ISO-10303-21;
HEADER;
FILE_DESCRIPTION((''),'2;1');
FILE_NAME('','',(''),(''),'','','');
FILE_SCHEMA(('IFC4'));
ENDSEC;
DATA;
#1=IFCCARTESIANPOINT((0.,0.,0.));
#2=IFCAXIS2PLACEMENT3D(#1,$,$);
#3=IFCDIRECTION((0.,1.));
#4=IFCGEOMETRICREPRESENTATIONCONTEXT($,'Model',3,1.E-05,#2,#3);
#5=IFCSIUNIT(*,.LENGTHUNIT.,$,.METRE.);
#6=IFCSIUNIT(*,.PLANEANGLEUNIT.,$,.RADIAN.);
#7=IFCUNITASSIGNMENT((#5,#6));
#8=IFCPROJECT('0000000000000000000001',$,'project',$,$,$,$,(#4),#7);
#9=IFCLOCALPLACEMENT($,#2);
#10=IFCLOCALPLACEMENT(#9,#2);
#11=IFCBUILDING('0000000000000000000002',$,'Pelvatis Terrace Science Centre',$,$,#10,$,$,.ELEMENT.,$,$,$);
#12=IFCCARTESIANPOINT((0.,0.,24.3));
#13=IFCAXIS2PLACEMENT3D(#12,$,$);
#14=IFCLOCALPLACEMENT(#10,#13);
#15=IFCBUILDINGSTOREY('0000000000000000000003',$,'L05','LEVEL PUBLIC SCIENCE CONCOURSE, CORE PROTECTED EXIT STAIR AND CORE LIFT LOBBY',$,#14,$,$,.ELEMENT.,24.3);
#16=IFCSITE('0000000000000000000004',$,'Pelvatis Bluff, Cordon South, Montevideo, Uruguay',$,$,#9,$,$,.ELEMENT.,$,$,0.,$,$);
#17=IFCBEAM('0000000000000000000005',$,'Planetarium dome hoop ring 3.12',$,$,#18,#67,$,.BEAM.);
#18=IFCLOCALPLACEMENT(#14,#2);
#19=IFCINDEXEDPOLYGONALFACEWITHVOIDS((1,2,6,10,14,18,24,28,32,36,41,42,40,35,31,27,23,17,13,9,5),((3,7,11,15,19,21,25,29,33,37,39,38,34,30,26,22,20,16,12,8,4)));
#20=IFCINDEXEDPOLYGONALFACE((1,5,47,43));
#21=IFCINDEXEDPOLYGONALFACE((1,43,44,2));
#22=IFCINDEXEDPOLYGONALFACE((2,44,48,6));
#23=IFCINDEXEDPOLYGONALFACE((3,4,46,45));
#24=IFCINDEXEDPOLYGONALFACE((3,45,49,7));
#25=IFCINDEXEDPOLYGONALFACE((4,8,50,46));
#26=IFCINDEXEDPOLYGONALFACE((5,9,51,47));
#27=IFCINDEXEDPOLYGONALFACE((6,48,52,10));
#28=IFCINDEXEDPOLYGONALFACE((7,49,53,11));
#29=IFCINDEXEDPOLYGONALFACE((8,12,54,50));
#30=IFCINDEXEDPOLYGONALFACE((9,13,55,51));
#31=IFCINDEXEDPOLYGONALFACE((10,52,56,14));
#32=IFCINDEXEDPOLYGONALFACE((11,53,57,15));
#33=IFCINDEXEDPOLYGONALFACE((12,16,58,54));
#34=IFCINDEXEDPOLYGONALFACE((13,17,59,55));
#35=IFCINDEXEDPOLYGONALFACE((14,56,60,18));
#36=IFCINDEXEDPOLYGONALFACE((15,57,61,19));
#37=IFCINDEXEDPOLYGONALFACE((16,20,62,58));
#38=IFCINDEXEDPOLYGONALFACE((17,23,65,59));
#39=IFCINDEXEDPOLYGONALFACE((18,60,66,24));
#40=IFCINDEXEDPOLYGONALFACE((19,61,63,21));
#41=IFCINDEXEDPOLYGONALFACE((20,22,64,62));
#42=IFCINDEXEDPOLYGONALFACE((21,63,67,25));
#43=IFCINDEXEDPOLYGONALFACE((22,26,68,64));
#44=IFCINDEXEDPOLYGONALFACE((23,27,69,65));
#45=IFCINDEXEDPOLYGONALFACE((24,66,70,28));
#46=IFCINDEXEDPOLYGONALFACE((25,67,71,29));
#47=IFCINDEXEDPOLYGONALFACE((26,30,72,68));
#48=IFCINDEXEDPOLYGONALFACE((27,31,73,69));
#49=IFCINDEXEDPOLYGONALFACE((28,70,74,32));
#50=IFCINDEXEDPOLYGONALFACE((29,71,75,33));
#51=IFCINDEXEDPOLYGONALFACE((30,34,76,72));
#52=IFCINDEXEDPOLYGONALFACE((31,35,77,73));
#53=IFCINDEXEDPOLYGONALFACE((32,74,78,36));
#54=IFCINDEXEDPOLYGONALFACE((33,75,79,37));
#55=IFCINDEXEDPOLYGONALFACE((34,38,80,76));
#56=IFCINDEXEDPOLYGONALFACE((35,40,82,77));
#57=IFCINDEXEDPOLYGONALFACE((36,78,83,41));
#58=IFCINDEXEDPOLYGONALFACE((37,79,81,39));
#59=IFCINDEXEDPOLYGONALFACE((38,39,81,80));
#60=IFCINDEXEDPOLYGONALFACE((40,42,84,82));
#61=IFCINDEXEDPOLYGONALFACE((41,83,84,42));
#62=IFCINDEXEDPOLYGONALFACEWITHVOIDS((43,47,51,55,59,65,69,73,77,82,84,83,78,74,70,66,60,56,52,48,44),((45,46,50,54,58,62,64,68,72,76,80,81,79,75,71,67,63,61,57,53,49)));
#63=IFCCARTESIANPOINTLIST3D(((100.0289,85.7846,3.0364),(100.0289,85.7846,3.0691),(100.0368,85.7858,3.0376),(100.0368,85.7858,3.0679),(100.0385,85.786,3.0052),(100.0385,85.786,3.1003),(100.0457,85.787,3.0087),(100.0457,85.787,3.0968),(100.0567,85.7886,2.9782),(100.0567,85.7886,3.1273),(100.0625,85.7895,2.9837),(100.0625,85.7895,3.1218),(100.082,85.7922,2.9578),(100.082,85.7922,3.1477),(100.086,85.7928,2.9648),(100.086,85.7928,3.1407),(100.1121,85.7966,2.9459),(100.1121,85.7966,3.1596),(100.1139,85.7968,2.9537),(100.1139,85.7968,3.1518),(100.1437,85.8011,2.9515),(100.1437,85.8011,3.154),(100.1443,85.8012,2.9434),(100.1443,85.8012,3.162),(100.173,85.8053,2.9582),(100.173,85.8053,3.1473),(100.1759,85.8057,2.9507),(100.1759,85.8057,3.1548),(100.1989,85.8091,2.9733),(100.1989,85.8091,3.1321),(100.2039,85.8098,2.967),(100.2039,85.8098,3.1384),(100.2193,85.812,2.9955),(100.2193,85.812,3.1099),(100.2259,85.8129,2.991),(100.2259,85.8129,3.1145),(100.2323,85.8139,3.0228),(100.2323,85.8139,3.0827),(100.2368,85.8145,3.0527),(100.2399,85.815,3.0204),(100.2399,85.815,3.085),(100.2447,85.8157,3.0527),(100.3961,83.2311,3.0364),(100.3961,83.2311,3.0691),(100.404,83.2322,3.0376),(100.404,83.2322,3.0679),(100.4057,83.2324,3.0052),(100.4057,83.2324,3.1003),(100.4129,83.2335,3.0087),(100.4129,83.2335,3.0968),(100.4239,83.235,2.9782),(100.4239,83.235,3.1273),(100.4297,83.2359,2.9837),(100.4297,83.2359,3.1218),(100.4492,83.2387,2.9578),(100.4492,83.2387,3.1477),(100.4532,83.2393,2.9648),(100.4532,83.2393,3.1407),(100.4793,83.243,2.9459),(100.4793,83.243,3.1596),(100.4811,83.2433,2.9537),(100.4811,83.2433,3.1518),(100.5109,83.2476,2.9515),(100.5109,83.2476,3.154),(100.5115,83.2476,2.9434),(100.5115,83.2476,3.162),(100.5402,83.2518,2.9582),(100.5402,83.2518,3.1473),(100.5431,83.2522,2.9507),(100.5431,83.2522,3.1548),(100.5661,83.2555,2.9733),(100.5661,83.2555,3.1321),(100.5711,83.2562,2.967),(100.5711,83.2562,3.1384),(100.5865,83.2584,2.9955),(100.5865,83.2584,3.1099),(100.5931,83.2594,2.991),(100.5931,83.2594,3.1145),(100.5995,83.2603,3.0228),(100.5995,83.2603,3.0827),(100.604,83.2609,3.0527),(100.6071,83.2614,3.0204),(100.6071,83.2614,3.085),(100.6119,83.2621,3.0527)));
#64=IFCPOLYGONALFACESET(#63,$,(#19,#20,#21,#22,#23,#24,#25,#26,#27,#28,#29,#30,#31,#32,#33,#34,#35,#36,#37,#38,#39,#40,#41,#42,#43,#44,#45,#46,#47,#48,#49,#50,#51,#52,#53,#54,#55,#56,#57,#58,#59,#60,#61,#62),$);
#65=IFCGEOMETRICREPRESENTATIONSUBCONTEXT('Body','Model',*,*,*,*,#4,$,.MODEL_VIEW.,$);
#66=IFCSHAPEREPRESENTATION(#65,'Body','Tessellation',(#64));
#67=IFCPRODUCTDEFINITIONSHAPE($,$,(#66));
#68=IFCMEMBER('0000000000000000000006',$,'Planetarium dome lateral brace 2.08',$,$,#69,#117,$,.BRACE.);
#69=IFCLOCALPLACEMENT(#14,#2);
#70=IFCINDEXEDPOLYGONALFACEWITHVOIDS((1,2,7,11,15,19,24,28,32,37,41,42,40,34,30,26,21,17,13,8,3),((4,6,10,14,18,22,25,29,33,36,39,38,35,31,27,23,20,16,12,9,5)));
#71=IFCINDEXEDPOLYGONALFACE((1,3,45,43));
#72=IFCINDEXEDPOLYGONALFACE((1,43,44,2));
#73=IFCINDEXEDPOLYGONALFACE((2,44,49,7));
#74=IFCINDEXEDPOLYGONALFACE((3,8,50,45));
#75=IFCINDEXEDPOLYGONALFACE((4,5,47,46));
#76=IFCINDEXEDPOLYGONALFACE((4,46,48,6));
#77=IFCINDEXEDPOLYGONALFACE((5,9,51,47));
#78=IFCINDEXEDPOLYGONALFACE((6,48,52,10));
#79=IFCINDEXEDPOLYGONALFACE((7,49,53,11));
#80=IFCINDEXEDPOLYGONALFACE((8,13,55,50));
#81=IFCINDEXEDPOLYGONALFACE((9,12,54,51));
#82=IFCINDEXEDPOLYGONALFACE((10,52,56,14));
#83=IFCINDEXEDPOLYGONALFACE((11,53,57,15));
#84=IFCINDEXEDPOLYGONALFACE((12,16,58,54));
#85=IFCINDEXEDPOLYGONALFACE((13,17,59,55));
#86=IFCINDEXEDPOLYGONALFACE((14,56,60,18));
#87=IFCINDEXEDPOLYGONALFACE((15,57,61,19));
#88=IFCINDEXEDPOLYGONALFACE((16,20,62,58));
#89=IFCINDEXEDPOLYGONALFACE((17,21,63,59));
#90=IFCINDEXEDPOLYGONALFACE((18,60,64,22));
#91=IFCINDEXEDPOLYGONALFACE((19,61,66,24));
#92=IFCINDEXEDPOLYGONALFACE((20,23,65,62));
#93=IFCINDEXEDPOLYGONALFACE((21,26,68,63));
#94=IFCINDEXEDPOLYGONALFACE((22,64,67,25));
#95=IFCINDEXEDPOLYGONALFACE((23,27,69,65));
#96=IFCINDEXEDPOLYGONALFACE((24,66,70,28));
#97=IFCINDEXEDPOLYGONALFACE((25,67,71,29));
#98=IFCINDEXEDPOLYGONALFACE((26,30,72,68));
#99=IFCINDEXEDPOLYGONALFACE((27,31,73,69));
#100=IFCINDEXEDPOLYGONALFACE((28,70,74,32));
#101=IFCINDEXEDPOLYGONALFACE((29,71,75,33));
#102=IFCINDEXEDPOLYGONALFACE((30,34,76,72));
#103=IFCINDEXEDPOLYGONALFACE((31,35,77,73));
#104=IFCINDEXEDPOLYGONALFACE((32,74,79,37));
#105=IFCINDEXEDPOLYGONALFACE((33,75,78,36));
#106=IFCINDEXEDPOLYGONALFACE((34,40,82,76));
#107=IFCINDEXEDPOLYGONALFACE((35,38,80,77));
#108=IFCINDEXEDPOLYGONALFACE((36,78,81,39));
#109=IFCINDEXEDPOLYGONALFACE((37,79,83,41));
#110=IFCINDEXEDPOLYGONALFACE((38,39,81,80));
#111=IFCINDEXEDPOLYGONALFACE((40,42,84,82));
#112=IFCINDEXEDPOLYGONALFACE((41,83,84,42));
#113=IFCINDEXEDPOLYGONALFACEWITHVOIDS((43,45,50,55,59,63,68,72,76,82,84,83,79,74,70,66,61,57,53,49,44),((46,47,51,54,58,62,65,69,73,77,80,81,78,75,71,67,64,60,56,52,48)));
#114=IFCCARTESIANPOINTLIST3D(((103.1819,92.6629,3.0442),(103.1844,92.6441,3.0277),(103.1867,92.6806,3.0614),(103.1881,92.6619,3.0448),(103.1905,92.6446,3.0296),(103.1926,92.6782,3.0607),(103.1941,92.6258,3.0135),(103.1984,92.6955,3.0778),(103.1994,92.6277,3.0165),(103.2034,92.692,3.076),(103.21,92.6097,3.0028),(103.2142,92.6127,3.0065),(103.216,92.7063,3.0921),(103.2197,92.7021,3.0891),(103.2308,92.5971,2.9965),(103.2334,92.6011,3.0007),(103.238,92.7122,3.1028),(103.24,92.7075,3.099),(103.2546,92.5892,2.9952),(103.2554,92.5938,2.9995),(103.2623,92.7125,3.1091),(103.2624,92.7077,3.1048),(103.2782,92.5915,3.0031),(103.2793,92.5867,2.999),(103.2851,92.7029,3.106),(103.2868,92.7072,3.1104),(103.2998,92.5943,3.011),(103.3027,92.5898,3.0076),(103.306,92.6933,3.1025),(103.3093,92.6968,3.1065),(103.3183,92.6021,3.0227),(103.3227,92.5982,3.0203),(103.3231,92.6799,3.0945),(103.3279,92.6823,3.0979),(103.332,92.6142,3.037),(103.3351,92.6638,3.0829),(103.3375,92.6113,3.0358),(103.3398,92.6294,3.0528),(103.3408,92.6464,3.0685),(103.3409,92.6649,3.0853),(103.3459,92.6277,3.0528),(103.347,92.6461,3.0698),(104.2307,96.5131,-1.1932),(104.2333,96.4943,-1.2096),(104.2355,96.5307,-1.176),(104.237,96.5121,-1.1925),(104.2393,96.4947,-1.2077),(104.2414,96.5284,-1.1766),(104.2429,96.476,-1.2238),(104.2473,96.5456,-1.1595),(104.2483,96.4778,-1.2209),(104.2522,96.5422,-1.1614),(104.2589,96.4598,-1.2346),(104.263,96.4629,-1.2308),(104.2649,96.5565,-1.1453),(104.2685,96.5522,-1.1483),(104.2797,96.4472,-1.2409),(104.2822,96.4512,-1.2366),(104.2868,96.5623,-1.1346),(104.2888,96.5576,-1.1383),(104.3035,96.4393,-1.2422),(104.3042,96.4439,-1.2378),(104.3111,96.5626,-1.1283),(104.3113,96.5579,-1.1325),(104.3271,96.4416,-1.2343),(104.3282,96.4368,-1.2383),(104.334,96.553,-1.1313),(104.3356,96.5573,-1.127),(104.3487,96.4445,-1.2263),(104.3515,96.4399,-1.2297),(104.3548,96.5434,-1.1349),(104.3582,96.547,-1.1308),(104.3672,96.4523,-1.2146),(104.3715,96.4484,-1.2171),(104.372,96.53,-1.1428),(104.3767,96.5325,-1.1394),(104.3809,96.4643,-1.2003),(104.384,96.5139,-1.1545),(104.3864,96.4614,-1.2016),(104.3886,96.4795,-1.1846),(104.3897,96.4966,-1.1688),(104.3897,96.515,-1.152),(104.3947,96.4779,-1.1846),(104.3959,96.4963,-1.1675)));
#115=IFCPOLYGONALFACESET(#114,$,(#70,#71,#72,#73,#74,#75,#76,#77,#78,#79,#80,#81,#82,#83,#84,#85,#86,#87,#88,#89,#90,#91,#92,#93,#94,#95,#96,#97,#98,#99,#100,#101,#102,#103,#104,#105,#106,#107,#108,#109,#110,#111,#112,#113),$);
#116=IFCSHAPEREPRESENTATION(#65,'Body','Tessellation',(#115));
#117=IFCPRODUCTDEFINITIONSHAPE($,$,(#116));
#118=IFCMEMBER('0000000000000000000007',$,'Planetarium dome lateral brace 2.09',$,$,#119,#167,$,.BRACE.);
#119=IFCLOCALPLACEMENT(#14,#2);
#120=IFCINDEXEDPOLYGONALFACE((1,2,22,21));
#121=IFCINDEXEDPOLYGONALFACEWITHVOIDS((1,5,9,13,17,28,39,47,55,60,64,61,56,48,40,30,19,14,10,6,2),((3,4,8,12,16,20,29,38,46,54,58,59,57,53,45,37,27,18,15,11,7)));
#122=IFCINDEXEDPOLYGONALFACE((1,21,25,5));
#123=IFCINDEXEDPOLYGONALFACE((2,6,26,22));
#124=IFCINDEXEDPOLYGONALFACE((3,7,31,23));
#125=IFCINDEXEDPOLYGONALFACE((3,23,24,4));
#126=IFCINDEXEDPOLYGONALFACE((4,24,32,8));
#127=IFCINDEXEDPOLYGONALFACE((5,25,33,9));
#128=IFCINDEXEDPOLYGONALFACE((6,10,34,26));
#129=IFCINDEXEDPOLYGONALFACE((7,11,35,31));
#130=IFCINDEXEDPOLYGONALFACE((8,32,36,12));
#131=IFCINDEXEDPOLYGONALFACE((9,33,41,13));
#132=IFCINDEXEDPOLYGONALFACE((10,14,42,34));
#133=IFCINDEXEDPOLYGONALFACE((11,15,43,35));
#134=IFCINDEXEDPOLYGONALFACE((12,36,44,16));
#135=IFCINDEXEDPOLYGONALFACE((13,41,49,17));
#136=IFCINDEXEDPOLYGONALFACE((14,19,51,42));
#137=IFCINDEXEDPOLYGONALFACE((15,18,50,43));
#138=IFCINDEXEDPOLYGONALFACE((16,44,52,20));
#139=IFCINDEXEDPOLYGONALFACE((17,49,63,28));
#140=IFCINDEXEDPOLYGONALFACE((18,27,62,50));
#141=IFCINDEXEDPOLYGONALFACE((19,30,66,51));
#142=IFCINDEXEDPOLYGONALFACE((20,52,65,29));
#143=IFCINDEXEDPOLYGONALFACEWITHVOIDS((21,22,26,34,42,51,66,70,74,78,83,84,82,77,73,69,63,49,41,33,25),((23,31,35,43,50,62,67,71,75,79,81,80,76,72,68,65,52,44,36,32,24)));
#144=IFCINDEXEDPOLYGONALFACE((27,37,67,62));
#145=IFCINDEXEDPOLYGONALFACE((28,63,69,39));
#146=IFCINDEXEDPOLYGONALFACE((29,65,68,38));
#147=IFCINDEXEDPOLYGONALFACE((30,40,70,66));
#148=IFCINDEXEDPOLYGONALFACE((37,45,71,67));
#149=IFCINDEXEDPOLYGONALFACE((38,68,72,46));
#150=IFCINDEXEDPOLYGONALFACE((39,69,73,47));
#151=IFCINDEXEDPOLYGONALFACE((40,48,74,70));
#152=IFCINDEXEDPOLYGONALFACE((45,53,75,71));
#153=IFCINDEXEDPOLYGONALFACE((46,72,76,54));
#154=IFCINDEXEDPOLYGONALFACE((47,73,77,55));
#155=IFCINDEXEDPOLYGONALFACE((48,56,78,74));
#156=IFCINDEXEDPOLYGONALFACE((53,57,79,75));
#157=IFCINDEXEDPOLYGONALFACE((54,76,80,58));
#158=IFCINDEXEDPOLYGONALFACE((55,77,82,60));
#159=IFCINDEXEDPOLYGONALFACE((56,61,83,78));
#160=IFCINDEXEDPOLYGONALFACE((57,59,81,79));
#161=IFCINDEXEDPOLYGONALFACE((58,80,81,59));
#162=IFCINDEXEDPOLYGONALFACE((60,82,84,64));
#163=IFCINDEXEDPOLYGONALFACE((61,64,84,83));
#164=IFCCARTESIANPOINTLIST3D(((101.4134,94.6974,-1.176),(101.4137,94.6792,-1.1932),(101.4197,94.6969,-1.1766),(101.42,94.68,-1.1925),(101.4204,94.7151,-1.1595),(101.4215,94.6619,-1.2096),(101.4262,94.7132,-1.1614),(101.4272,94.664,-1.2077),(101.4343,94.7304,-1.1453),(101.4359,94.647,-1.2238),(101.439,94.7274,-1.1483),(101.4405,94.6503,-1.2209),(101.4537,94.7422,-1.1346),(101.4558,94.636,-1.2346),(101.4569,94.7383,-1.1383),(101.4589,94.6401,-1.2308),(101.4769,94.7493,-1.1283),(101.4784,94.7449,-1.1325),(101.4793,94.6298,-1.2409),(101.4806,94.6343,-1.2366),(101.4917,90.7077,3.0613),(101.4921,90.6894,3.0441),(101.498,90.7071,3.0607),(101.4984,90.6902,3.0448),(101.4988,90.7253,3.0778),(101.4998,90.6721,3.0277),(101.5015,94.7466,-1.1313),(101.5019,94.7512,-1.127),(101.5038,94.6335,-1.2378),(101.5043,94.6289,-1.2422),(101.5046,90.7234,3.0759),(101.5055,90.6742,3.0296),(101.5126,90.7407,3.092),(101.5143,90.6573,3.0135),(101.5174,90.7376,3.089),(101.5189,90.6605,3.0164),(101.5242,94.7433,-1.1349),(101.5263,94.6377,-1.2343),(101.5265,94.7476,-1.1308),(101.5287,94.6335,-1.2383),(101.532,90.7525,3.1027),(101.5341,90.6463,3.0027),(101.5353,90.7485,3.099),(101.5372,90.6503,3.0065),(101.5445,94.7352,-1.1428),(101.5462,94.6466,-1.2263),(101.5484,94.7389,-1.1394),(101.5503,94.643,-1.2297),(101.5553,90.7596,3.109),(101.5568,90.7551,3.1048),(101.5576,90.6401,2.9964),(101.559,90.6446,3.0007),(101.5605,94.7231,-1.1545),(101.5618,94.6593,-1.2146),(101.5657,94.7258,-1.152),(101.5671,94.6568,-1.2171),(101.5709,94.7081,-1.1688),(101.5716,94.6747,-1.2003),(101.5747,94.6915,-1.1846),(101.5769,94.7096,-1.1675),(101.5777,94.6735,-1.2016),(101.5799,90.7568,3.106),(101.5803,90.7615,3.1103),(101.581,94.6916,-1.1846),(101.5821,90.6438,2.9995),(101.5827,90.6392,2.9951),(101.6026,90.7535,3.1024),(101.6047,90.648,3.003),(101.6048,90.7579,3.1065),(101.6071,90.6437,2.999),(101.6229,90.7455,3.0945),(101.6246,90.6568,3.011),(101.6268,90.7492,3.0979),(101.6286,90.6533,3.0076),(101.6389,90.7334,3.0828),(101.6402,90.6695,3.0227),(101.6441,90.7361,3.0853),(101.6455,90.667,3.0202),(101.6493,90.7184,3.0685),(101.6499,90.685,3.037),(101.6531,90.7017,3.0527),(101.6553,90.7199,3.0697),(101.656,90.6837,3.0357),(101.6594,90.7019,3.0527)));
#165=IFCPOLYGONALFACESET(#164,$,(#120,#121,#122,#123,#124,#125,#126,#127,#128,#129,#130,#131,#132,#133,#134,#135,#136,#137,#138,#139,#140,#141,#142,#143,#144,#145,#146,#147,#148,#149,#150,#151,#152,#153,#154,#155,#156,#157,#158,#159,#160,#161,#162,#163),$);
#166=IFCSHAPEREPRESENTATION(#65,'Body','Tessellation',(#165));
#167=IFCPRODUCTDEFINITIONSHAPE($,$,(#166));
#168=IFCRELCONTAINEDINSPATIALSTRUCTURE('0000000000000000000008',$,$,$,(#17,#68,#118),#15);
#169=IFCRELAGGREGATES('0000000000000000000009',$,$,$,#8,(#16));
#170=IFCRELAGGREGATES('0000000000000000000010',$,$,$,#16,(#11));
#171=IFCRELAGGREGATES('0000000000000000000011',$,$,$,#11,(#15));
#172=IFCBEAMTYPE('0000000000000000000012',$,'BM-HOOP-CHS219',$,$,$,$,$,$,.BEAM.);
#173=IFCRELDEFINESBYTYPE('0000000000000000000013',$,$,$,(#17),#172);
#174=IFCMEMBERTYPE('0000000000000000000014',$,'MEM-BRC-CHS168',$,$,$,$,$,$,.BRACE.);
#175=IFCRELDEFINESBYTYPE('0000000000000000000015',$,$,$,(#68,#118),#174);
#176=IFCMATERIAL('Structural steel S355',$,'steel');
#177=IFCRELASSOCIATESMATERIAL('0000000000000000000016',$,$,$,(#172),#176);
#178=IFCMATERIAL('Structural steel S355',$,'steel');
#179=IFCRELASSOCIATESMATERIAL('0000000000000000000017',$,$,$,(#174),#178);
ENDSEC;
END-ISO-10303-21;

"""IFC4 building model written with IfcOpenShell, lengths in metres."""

from ifc_helpers import new_model, si_unit, direction, frame, origin, origin_2d, place, context, subcontext, project, spatial, hollow_circle, extrude, material, material_profile, profile_set, type_object, element, save


model = new_model("IFC4")

# Units and contexts
model_context = context("Model", 3, precision=1e-05, world=origin(), true_north=direction((0.0, 1.0)))
body_context = subcontext(model_context, "Body", "Model", "MODEL_VIEW")
ifc_project = project(units=[si_unit("LENGTHUNIT", "METRE"), si_unit("PLANEANGLEUNIT", "RADIAN")], contexts=[model_context])

# Site, building, storey
site_placement = place(None, origin())
site = spatial("IfcSite", under=ifc_project, at=site_placement, Name="Pelvatis Bluff, Cordon South, Montevideo, Uruguay", CompositionType="ELEMENT", RefElevation=0.0)
building_placement = place(site_placement, origin())
building = spatial("IfcBuilding", under=site, at=building_placement, Name="Pelvatis Terrace Science Centre", CompositionType="ELEMENT")
storey_placement = place(building_placement, frame((0.0, 0.0, 24.3)))
storey = spatial("IfcBuildingStorey", under=building, at=storey_placement, Name="L05", Description="LEVEL PUBLIC SCIENCE CONCOURSE, CORE PROTECTED EXIT STAIR AND CORE LIFT LOBBY", CompositionType="ELEMENT", Elevation=24.3)

# Beam
ifc_material_1 = material(Name="Structural steel S355", Category="steel")
ifc_material_profile_1 = material_profile(ifc_material_1, hollow_circle(Radius=0.1096, WallThickness=0.0081, at=origin_2d()), Name="CHS 219.1x8.0")
ifc_profile_set_1 = profile_set([ifc_material_profile_1], Name="Structural steel S355")
beam_type_1 = type_object("IfcBeamType", Name="BM-HOOP-CHS219", PredefinedType="BEAM", material=ifc_profile_set_1)
for number, where, z_axis, x_axis, name in (
    (1, (100.1362, 85.8, 3.0527), (0.142335, -0.989818, 0.0), (0.989818, 0.142335, 0.0), "Planetarium dome hoop ring 3.12"),
):
    element("IfcBeam", number, at=place(storey_placement, frame(where, z_axis=z_axis, x_axis=x_axis)), inside=storey, type_object=beam_type_1, Name=name, PredefinedType="BEAM", context=body_context, shape_type="SweptSolid", body=[
        extrude(hollow_circle(Radius=0.1096, WallThickness=0.0081, at=origin_2d()), origin(), (0.0, 0.0, 1.0), 2.5798),
    ])

# Members
ifc_material_2 = material(Name="Structural steel S355", Category="steel")
ifc_material_profile_2 = material_profile(ifc_material_2, hollow_circle(Radius=0.0842, WallThickness=0.0063, at=origin_2d()), Name="CHS 168.3x6.3")
ifc_profile_set_2 = profile_set([ifc_material_profile_2], Name="Structural steel S355")
member_type_1 = type_object("IfcMemberType", Name="MEM-BRC-CHS168", PredefinedType="BRACE", material=ifc_profile_set_2)
for number, where, z_axis, x_axis, name in (
    (2, (104.3135, 96.5, -1.1846), (-0.180196, -0.661474, 0.727999), (0.96484, -0.262838, 0.0), "Planetarium dome lateral brace 2.08"),
    (3, (101.4968, 94.6899, -1.1846), (0.013464, -0.685457, 0.727989), (0.999807, 0.019639, 0.0), "Planetarium dome lateral brace 2.09"),
):
    element("IfcMember", number, at=place(storey_placement, frame(where, z_axis=z_axis, x_axis=x_axis)), inside=storey, type_object=member_type_1, Name=name, PredefinedType="BRACE", context=body_context, shape_type="SweptSolid", body=[
        extrude(hollow_circle(Radius=0.0842, WallThickness=0.0063, at=origin_2d()), origin(), (0.0, 0.0, 1.0), 5.8206),
    ])

save(model, "model.ifc")
